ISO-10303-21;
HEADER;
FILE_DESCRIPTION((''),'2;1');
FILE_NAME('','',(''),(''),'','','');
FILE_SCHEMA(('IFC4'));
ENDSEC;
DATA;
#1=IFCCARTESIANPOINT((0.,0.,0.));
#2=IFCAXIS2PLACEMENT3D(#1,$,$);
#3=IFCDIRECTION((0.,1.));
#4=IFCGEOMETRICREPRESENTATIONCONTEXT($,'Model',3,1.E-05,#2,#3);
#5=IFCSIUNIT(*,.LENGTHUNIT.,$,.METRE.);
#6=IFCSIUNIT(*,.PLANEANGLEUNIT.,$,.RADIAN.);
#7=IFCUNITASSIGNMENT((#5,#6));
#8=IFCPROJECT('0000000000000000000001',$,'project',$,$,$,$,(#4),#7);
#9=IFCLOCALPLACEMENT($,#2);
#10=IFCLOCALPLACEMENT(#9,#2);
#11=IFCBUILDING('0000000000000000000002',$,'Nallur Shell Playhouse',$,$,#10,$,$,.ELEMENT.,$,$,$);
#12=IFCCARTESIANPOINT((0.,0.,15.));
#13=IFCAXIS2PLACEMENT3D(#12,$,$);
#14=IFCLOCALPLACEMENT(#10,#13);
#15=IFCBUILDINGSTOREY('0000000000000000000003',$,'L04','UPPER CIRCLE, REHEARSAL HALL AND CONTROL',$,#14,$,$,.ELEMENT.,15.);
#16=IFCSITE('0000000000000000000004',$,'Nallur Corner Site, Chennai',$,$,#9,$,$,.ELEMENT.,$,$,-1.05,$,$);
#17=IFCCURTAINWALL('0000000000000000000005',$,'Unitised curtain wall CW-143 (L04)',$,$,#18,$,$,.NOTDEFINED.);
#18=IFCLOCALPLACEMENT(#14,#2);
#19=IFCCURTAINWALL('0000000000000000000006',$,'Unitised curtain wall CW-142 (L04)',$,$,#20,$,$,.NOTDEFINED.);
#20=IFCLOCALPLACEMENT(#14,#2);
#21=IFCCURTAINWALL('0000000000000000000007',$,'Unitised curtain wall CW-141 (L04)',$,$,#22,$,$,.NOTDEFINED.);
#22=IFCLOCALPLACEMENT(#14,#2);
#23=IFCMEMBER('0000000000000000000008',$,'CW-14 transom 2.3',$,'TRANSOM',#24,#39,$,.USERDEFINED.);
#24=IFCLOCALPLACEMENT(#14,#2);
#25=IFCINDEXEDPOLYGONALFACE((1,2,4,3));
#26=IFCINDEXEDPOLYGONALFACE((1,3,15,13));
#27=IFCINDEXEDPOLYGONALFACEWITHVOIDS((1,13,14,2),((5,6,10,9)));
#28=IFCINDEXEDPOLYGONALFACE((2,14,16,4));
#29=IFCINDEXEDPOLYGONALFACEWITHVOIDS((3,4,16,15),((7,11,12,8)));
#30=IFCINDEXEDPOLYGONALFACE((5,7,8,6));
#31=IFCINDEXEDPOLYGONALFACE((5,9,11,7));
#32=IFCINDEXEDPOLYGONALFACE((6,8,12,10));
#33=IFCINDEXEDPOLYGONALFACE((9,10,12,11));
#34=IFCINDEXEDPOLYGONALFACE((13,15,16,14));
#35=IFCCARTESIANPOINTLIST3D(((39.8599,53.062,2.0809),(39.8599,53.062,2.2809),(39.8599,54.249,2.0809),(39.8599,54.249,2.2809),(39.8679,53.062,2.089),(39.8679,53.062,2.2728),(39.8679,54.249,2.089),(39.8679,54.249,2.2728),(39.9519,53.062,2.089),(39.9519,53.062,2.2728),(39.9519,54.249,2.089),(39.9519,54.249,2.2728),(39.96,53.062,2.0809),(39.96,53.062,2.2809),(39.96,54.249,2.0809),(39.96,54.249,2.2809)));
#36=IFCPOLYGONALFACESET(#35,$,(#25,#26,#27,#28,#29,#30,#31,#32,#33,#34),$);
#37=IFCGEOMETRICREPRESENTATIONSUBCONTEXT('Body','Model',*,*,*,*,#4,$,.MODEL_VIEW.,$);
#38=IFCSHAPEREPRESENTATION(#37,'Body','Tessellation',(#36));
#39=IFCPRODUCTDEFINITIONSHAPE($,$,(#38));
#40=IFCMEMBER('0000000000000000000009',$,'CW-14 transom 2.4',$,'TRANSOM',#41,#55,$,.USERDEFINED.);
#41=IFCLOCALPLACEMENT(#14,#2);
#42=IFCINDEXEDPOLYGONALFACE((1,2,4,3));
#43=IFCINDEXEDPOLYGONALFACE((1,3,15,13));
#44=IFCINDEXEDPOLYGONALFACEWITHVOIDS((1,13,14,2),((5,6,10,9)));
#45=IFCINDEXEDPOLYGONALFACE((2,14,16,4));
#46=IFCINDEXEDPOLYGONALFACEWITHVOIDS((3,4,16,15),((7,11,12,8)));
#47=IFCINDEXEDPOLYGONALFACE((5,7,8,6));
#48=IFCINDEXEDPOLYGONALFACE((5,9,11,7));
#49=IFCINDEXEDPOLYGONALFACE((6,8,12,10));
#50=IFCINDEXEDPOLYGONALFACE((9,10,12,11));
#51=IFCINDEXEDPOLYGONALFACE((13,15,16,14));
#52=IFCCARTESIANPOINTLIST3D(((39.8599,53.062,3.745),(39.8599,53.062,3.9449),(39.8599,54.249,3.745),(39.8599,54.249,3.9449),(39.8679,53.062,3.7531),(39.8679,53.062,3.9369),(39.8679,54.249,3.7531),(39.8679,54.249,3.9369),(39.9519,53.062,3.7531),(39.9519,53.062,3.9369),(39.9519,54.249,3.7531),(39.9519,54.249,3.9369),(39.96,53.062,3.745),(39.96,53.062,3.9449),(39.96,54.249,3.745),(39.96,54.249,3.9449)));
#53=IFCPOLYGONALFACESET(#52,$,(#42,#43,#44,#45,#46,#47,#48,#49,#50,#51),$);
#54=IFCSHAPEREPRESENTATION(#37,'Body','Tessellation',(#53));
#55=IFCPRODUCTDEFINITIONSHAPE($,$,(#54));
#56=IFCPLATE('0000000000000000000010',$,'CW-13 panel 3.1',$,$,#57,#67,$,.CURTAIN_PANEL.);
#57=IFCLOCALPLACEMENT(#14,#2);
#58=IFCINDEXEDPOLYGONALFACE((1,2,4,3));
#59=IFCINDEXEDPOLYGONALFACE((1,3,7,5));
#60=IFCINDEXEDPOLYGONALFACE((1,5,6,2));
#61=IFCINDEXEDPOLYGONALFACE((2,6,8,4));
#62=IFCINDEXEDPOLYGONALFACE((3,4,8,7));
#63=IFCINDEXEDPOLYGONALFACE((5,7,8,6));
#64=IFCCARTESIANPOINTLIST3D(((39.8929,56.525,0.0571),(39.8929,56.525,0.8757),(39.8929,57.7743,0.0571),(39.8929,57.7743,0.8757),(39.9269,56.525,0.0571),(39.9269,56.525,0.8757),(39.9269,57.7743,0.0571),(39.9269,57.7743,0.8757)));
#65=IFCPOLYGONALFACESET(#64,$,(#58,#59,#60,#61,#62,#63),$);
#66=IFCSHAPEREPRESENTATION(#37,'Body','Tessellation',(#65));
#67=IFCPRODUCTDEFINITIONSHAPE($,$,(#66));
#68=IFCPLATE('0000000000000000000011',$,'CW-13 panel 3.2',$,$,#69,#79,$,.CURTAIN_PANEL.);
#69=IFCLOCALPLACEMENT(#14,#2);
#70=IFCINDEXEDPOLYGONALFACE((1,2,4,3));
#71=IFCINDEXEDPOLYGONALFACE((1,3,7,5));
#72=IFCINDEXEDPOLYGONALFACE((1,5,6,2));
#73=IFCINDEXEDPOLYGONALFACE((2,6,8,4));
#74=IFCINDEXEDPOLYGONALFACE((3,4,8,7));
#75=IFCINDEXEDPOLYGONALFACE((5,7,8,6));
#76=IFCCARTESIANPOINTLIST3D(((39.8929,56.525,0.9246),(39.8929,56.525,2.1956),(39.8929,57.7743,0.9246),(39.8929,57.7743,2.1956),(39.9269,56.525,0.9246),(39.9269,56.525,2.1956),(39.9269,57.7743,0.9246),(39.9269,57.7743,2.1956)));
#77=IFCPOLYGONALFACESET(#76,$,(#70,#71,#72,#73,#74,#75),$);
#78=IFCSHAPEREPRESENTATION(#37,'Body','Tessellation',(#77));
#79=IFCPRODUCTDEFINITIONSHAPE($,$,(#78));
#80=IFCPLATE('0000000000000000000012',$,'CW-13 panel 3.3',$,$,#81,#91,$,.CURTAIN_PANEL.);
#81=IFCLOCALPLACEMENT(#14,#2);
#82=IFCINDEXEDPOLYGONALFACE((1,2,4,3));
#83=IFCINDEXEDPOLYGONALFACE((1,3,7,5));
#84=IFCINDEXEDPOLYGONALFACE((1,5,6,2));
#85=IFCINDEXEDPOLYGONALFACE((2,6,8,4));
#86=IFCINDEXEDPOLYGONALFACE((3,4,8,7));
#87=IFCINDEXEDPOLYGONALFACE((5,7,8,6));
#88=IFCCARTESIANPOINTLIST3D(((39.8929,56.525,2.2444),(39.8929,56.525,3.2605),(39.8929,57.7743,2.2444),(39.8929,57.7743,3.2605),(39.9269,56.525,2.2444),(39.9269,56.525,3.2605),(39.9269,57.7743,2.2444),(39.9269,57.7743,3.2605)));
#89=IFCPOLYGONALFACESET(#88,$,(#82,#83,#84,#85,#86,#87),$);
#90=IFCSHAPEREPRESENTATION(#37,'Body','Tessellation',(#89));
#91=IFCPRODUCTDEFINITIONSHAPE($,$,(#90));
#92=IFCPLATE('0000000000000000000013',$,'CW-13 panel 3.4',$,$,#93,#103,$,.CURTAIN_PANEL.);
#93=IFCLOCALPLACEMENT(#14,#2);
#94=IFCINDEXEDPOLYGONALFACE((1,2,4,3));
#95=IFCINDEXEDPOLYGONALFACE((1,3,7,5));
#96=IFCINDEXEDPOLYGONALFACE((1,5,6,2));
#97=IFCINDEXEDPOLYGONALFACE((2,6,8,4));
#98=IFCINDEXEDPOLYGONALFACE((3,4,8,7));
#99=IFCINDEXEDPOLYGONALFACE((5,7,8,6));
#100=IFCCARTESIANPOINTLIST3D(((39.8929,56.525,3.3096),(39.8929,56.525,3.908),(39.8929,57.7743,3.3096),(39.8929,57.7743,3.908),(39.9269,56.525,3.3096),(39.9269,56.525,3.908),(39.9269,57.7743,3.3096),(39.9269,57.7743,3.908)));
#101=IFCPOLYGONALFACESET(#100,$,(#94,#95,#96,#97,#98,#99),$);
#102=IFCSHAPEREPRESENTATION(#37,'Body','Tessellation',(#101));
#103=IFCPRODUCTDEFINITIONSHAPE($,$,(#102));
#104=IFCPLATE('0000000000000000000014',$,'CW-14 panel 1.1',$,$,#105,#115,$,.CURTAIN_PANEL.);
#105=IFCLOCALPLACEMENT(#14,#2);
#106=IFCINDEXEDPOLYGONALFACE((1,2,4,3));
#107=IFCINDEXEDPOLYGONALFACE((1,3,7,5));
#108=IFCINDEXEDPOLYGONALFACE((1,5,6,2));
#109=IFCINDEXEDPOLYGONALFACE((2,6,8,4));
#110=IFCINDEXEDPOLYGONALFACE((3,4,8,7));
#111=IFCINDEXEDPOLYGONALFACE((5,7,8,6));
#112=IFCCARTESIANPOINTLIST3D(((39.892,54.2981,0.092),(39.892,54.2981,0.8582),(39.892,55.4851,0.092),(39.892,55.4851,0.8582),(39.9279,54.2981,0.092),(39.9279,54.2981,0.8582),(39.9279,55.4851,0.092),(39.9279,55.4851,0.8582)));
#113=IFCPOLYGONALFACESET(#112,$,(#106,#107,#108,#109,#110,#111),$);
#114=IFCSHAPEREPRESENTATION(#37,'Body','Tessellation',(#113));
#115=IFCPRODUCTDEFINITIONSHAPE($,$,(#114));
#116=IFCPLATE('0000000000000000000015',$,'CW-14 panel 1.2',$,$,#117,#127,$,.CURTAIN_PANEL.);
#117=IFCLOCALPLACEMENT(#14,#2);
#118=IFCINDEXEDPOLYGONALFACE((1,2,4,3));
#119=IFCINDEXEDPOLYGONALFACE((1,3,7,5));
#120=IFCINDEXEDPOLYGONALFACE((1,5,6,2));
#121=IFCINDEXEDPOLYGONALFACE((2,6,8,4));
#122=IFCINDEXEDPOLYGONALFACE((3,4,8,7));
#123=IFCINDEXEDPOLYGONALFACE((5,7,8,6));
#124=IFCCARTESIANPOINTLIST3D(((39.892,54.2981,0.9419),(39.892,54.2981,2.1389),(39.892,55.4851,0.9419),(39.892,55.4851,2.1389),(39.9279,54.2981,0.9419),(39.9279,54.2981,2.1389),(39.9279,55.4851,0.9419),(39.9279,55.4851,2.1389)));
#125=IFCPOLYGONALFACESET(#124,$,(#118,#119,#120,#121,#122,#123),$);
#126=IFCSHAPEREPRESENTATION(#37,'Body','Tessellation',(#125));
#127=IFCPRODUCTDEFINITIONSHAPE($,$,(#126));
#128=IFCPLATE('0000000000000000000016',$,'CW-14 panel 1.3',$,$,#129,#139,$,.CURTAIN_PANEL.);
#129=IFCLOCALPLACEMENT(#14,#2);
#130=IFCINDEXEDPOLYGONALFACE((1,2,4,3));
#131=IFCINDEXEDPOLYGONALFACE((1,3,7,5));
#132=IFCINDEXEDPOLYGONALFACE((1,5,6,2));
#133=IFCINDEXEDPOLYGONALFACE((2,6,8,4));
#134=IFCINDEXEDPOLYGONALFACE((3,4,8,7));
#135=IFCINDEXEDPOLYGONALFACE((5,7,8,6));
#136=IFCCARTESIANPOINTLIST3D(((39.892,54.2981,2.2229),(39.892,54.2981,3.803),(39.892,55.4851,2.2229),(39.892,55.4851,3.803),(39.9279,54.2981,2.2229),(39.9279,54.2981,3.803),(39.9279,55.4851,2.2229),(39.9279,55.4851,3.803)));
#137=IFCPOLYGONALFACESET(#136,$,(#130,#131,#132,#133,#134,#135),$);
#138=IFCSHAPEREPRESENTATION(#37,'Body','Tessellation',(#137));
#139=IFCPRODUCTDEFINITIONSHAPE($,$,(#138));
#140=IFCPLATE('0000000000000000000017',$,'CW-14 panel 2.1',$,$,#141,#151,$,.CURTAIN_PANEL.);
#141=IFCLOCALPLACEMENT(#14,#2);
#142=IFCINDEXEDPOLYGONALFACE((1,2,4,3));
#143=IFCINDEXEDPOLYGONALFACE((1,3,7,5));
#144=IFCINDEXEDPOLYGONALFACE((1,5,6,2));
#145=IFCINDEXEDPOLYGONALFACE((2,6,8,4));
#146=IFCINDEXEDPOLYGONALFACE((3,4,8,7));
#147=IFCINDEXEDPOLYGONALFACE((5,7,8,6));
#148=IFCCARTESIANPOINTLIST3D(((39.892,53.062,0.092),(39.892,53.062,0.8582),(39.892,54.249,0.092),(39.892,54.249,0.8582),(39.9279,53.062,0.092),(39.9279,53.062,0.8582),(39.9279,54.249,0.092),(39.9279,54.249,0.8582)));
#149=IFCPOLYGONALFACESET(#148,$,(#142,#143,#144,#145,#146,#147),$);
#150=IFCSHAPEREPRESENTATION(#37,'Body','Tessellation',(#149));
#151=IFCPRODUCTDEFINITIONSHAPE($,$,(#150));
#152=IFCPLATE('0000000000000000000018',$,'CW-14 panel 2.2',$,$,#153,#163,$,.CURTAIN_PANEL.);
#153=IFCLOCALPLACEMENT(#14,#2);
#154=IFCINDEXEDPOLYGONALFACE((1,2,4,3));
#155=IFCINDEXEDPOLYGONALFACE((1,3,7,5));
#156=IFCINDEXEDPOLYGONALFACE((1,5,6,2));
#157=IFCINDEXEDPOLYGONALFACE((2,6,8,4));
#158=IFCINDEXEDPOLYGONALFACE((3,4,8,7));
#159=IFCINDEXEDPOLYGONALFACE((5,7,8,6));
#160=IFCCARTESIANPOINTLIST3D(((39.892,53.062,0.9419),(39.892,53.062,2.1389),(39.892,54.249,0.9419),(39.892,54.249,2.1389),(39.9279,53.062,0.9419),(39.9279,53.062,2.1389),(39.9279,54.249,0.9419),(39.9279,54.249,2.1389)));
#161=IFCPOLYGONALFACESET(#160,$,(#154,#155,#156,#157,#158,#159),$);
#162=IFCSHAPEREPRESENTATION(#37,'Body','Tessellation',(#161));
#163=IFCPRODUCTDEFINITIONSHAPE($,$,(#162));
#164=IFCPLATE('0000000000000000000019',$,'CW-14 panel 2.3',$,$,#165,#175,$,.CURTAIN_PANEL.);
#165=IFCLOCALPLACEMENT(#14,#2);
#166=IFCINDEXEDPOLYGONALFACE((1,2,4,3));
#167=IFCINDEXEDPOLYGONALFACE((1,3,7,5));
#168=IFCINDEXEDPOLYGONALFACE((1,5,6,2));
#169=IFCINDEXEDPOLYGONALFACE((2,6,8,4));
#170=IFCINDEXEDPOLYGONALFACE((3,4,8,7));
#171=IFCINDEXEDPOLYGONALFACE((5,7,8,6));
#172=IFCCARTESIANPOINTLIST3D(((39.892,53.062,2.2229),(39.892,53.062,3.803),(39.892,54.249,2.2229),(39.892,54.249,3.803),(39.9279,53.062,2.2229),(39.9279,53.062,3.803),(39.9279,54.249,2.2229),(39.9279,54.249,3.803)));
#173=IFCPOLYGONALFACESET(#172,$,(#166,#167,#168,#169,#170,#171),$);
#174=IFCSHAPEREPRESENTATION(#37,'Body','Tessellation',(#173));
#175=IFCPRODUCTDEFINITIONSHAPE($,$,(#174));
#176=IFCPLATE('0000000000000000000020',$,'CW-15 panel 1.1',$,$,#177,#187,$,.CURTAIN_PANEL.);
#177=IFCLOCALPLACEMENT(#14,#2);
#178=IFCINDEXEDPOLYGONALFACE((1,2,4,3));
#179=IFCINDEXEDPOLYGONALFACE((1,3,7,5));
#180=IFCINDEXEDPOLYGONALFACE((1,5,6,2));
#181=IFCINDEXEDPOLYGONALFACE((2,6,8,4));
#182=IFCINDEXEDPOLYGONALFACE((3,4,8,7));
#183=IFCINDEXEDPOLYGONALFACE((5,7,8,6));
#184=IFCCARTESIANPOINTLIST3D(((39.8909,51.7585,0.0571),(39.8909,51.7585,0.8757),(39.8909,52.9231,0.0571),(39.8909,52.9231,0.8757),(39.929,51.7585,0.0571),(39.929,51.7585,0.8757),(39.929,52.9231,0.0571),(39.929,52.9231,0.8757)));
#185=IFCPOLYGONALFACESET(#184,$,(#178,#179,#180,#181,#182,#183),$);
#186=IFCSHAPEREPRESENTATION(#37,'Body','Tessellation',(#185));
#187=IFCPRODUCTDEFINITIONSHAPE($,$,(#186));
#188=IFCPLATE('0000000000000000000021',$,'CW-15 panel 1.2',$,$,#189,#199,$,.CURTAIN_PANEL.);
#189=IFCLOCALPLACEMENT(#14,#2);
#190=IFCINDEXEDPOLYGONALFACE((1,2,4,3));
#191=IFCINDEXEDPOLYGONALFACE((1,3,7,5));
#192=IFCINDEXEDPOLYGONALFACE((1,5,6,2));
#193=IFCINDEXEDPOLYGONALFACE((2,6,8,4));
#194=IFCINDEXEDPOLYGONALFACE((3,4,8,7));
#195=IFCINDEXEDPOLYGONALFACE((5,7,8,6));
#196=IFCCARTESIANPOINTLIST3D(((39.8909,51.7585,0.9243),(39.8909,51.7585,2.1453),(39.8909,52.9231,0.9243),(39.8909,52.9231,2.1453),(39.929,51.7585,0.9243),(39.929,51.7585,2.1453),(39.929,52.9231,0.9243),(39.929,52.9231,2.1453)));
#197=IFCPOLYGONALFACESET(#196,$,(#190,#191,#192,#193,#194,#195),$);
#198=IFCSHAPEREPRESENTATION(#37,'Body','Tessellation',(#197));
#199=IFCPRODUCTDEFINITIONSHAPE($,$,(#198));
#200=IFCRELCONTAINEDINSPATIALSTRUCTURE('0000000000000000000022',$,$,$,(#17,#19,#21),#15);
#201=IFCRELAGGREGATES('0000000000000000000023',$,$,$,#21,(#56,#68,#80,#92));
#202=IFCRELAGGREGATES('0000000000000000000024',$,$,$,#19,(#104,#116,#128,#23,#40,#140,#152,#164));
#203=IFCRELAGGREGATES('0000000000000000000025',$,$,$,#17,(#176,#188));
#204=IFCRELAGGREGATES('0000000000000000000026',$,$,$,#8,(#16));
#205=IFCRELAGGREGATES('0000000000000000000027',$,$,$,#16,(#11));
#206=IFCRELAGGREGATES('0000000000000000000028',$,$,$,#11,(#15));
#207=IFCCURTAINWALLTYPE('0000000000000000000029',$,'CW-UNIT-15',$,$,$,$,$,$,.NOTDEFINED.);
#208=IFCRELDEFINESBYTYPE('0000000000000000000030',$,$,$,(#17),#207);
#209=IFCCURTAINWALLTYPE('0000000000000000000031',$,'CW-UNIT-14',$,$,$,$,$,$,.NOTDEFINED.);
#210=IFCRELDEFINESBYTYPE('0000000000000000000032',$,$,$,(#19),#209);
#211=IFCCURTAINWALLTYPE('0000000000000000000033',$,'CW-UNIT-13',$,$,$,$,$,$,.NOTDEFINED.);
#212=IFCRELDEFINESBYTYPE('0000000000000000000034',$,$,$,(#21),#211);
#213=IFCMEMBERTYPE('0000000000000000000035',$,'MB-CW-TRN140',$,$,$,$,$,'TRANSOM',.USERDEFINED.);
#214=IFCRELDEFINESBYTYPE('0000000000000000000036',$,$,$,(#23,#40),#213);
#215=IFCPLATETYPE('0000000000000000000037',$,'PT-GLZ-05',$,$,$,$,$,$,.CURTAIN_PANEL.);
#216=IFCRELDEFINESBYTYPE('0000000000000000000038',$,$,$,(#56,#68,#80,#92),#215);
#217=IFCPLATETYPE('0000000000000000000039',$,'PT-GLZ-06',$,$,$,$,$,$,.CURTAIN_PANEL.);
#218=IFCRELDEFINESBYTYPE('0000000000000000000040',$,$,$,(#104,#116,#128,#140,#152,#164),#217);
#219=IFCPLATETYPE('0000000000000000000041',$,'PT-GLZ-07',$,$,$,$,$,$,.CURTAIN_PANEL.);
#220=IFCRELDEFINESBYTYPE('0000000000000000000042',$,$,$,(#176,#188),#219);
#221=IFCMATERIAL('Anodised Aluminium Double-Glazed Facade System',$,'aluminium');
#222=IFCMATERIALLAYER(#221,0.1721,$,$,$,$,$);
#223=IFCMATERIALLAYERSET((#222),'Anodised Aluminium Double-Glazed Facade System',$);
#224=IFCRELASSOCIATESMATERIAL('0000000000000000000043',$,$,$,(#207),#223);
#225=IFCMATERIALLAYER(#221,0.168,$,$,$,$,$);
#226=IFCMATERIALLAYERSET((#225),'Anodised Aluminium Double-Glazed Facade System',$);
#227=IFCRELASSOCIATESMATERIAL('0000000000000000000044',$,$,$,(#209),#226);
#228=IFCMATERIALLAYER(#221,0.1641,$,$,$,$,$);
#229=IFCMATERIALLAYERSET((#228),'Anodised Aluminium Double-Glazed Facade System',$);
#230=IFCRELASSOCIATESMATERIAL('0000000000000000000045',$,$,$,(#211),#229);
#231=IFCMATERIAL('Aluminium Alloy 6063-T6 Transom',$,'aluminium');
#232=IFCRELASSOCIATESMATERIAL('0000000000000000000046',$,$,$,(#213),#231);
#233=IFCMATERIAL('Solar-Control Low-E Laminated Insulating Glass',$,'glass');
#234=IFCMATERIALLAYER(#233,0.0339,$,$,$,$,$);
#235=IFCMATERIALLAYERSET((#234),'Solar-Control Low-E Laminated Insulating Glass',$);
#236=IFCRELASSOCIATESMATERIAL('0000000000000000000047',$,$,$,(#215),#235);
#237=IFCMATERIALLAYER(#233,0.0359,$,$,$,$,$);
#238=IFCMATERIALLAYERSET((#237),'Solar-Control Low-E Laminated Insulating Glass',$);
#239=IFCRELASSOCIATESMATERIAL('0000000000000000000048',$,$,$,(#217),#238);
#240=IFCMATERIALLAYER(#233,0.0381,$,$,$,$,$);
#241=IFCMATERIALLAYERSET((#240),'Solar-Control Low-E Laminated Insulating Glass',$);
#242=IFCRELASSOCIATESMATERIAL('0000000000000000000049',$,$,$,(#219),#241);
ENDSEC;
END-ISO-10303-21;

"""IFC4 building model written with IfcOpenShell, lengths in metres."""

from ifc_helpers import new_model, si_unit, direction, frame, origin, origin_2d, place, context, subcontext, project, spatial, rectangle, hollow_rectangle, extrude, material, layer, layer_set, material_profile, profile_set, type_object, element, aggregate, save


model = new_model("IFC4")

# Units and contexts
model_context = context("Model", 3, precision=1e-05, world=origin(), true_north=direction((0.0, 1.0)))
body_context = subcontext(model_context, "Body", "Model", "MODEL_VIEW")
ifc_project = project(units=[si_unit("LENGTHUNIT", "METRE"), si_unit("PLANEANGLEUNIT", "RADIAN")], contexts=[model_context])

# Site, building, storey
site_placement = place(None, origin())
site = spatial("IfcSite", under=ifc_project, at=site_placement, Name="Nallur Corner Site, Chennai", CompositionType="ELEMENT", RefElevation=-1.05)
building_placement = place(site_placement, origin())
building = spatial("IfcBuilding", under=site, at=building_placement, Name="Nallur Shell Playhouse", CompositionType="ELEMENT")
storey_placement = place(building_placement, frame((0.0, 0.0, 15.0)))
storey = spatial("IfcBuildingStorey", under=building, at=storey_placement, Name="L04", Description="UPPER CIRCLE, REHEARSAL HALL AND CONTROL", CompositionType="ELEMENT", Elevation=15.0)

# Curtain walls
ifc_material_1 = material(Name="Anodised Aluminium Double-Glazed Facade System", Category="aluminium")
ifc_layer_1 = layer(ifc_material_1, 0.1721)
ifc_layer_set_1 = layer_set([ifc_layer_1], Name="Anodised Aluminium Double-Glazed Facade System")
curtain_wall_type_1 = type_object("IfcCurtainWallType", Name="CW-UNIT-15", PredefinedType="NOTDEFINED", material=ifc_layer_set_1)
curtain_wall_1_placement = place(storey_placement, origin())
curtain_wall_1 = element("IfcCurtainWall", 1, at=curtain_wall_1_placement, inside=storey, type_object=curtain_wall_type_1, Name="Unitised curtain wall CW-143 (L04)", PredefinedType="NOTDEFINED")
ifc_layer_2 = layer(ifc_material_1, 0.168)
ifc_layer_set_2 = layer_set([ifc_layer_2], Name="Anodised Aluminium Double-Glazed Facade System")
curtain_wall_type_2 = type_object("IfcCurtainWallType", Name="CW-UNIT-14", PredefinedType="NOTDEFINED", material=ifc_layer_set_2)
curtain_wall_2_placement = place(storey_placement, origin())
curtain_wall_2 = element("IfcCurtainWall", 2, at=curtain_wall_2_placement, inside=storey, type_object=curtain_wall_type_2, Name="Unitised curtain wall CW-142 (L04)", PredefinedType="NOTDEFINED")
ifc_layer_3 = layer(ifc_material_1, 0.1641)
ifc_layer_set_3 = layer_set([ifc_layer_3], Name="Anodised Aluminium Double-Glazed Facade System")
curtain_wall_type_3 = type_object("IfcCurtainWallType", Name="CW-UNIT-13", PredefinedType="NOTDEFINED", material=ifc_layer_set_3)
curtain_wall_3_placement = place(storey_placement, origin())
curtain_wall_3 = element("IfcCurtainWall", 3, at=curtain_wall_3_placement, inside=storey, type_object=curtain_wall_type_3, Name="Unitised curtain wall CW-141 (L04)", PredefinedType="NOTDEFINED")
ifc_material_2 = material(Name="Aluminium Alloy 6063-T6 Transom", Category="aluminium")

# Members
ifc_material_profile_1 = material_profile(ifc_material_2, hollow_rectangle(XDim=0.1001, YDim=0.2, WallThickness=0.0081, at=origin_2d()), Name="RHS 200x100x8")
ifc_profile_set_1 = profile_set([ifc_material_profile_1], Name="Aluminium Alloy 6063-T6 Transom")
member_type_1 = type_object("IfcMemberType", Name="MB-CW-TRN140", ElementType="TRANSOM", PredefinedType="USERDEFINED", material=ifc_profile_set_1)
member_1_placement = place(storey_placement, frame((39.9099, 54.249, 2.1809), z_axis=(0.0, -1.0, 0.0), x_axis=(1.0, 0.0, 0.0)))
member_1 = element("IfcMember", 4, at=member_1_placement, type_object=member_type_1, Name="CW-14 transom 2.3", ObjectType="TRANSOM", PredefinedType="USERDEFINED", context=body_context, shape_type="SweptSolid", body=[
    extrude(hollow_rectangle(XDim=0.1001, YDim=0.2, WallThickness=0.0081, at=origin_2d()), origin(), (0.0, 0.0, 1.0), 1.187),
])
member_2_placement = place(storey_placement, frame((39.9099, 54.249, 3.845), z_axis=(0.0, -1.0, 0.0), x_axis=(1.0, 0.0, 0.0)))
member_2 = element("IfcMember", 5, at=member_2_placement, type_object=member_type_1, Name="CW-14 transom 2.4", ObjectType="TRANSOM", PredefinedType="USERDEFINED", context=body_context, shape_type="SweptSolid", body=[
    extrude(hollow_rectangle(XDim=0.1001, YDim=0.2, WallThickness=0.0081, at=origin_2d()), origin(), (0.0, 0.0, 1.0), 1.187),
])

# Plates
ifc_material_3 = material(Name="Solar-Control Low-E Laminated Insulating Glass", Category="glass")
ifc_layer_4 = layer(ifc_material_3, 0.0339)
ifc_layer_set_4 = layer_set([ifc_layer_4], Name="Solar-Control Low-E Laminated Insulating Glass")
plate_type_1 = type_object("IfcPlateType", Name="PT-GLZ-05", PredefinedType="CURTAIN_PANEL", material=ifc_layer_set_4)
plate_1_placement = place(storey_placement, frame((39.9099, 57.1497, 0.0571), z_axis=(0.0, 0.0, 1.0), x_axis=(0.0, -1.0, 0.0)))
plate_1 = element("IfcPlate", 6, at=plate_1_placement, type_object=plate_type_1, Name="CW-13 panel 3.1", PredefinedType="CURTAIN_PANEL", context=body_context, shape_type="SweptSolid", body=[
    extrude(rectangle(XDim=1.2493, YDim=0.0339, at=origin_2d()), origin(), (0.0, 0.0, 1.0), 0.8186),
])
plate_2_placement = place(storey_placement, frame((39.9099, 57.1497, 0.9246), z_axis=(0.0, 0.0, 1.0), x_axis=(0.0, -1.0, 0.0)))
plate_2 = element("IfcPlate", 7, at=plate_2_placement, type_object=plate_type_1, Name="CW-13 panel 3.2", PredefinedType="CURTAIN_PANEL", context=body_context, shape_type="SweptSolid", body=[
    extrude(rectangle(XDim=1.2493, YDim=0.0339, at=origin_2d()), origin(), (0.0, 0.0, 1.0), 1.271),
])
plate_3_placement = place(storey_placement, frame((39.9099, 57.1497, 2.2444), z_axis=(0.0, 0.0, 1.0), x_axis=(0.0, -1.0, 0.0)))
plate_3 = element("IfcPlate", 8, at=plate_3_placement, type_object=plate_type_1, Name="CW-13 panel 3.3", PredefinedType="CURTAIN_PANEL", context=body_context, shape_type="SweptSolid", body=[
    extrude(rectangle(XDim=1.2493, YDim=0.0339, at=origin_2d()), origin(), (0.0, 0.0, 1.0), 1.0161),
])
plate_4_placement = place(storey_placement, frame((39.9099, 57.1497, 3.3096), z_axis=(0.0, 0.0, 1.0), x_axis=(0.0, -1.0, 0.0)))
plate_4 = element("IfcPlate", 9, at=plate_4_placement, type_object=plate_type_1, Name="CW-13 panel 3.4", PredefinedType="CURTAIN_PANEL", context=body_context, shape_type="SweptSolid", body=[
    extrude(rectangle(XDim=1.2493, YDim=0.0339, at=origin_2d()), origin(), (0.0, 0.0, 1.0), 0.5984),
])
aggregate(curtain_wall_3, [plate_1, plate_2, plate_3, plate_4])
ifc_layer_5 = layer(ifc_material_3, 0.0359)
ifc_layer_set_5 = layer_set([ifc_layer_5], Name="Solar-Control Low-E Laminated Insulating Glass")
plate_type_2 = type_object("IfcPlateType", Name="PT-GLZ-06", PredefinedType="CURTAIN_PANEL", material=ifc_layer_set_5)
plate_5_placement = place(storey_placement, frame((39.9099, 54.8916, 0.092), z_axis=(0.0, 0.0, 1.0), x_axis=(0.0, -1.0, 0.0)))
plate_5 = element("IfcPlate", 10, at=plate_5_placement, type_object=plate_type_2, Name="CW-14 panel 1.1", PredefinedType="CURTAIN_PANEL", context=body_context, shape_type="SweptSolid", body=[
    extrude(rectangle(XDim=1.187, YDim=0.0359, at=origin_2d()), origin(), (0.0, 0.0, 1.0), 0.7661),
])
plate_6_placement = place(storey_placement, frame((39.9099, 54.8916, 0.9419), z_axis=(0.0, 0.0, 1.0), x_axis=(0.0, -1.0, 0.0)))
plate_6 = element("IfcPlate", 11, at=plate_6_placement, type_object=plate_type_2, Name="CW-14 panel 1.2", PredefinedType="CURTAIN_PANEL", context=body_context, shape_type="SweptSolid", body=[
    extrude(rectangle(XDim=1.187, YDim=0.0359, at=origin_2d()), origin(), (0.0, 0.0, 1.0), 1.197),
])
plate_7_placement = place(storey_placement, frame((39.9099, 54.8916, 2.2229), z_axis=(0.0, 0.0, 1.0), x_axis=(0.0, -1.0, 0.0)))
plate_7 = element("IfcPlate", 12, at=plate_7_placement, type_object=plate_type_2, Name="CW-14 panel 1.3", PredefinedType="CURTAIN_PANEL", context=body_context, shape_type="SweptSolid", body=[
    extrude(rectangle(XDim=1.187, YDim=0.0359, at=origin_2d()), origin(), (0.0, 0.0, 1.0), 1.5801),
])
plate_8_placement = place(storey_placement, frame((39.9099, 53.6555, 0.092), z_axis=(0.0, 0.0, 1.0), x_axis=(0.0, -1.0, 0.0)))
plate_8 = element("IfcPlate", 13, at=plate_8_placement, type_object=plate_type_2, Name="CW-14 panel 2.1", PredefinedType="CURTAIN_PANEL", context=body_context, shape_type="SweptSolid", body=[
    extrude(rectangle(XDim=1.187, YDim=0.0359, at=origin_2d()), origin(), (0.0, 0.0, 1.0), 0.7661),
])
plate_9_placement = place(storey_placement, frame((39.9099, 53.6555, 0.9419), z_axis=(0.0, 0.0, 1.0), x_axis=(0.0, -1.0, 0.0)))
plate_9 = element("IfcPlate", 14, at=plate_9_placement, type_object=plate_type_2, Name="CW-14 panel 2.2", PredefinedType="CURTAIN_PANEL", context=body_context, shape_type="SweptSolid", body=[
    extrude(rectangle(XDim=1.187, YDim=0.0359, at=origin_2d()), origin(), (0.0, 0.0, 1.0), 1.197),
])
plate_10_placement = place(storey_placement, frame((39.9099, 53.6555, 2.2229), z_axis=(0.0, 0.0, 1.0), x_axis=(0.0, -1.0, 0.0)))
plate_10 = element("IfcPlate", 15, at=plate_10_placement, type_object=plate_type_2, Name="CW-14 panel 2.3", PredefinedType="CURTAIN_PANEL", context=body_context, shape_type="SweptSolid", body=[
    extrude(rectangle(XDim=1.187, YDim=0.0359, at=origin_2d()), origin(), (0.0, 0.0, 1.0), 1.5801),
])
aggregate(curtain_wall_2, [plate_5, plate_6, plate_7, member_1, member_2, plate_8, plate_9, plate_10])
ifc_layer_6 = layer(ifc_material_3, 0.0381)
ifc_layer_set_6 = layer_set([ifc_layer_6], Name="Solar-Control Low-E Laminated Insulating Glass")
plate_type_3 = type_object("IfcPlateType", Name="PT-GLZ-07", PredefinedType="CURTAIN_PANEL", material=ifc_layer_set_6)
plate_11_placement = place(storey_placement, frame((39.9099, 52.3408, 0.0571), z_axis=(0.0, 0.0, 1.0), x_axis=(0.0, -1.0, 0.0)))
plate_11 = element("IfcPlate", 16, at=plate_11_placement, type_object=plate_type_3, Name="CW-15 panel 1.1", PredefinedType="CURTAIN_PANEL", context=body_context, shape_type="SweptSolid", body=[
    extrude(rectangle(XDim=1.1646, YDim=0.0381, at=origin_2d()), origin(), (0.0, 0.0, 1.0), 0.8186),
])
plate_12_placement = place(storey_placement, frame((39.9099, 52.3408, 0.9243), z_axis=(0.0, 0.0, 1.0), x_axis=(0.0, -1.0, 0.0)))
plate_12 = element("IfcPlate", 17, at=plate_12_placement, type_object=plate_type_3, Name="CW-15 panel 1.2", PredefinedType="CURTAIN_PANEL", context=body_context, shape_type="SweptSolid", body=[
    extrude(rectangle(XDim=1.1646, YDim=0.0381, at=origin_2d()), origin(), (0.0, 0.0, 1.0), 1.2209),
])
aggregate(curtain_wall_1, [plate_11, plate_12])

save(model, "model.ifc")
